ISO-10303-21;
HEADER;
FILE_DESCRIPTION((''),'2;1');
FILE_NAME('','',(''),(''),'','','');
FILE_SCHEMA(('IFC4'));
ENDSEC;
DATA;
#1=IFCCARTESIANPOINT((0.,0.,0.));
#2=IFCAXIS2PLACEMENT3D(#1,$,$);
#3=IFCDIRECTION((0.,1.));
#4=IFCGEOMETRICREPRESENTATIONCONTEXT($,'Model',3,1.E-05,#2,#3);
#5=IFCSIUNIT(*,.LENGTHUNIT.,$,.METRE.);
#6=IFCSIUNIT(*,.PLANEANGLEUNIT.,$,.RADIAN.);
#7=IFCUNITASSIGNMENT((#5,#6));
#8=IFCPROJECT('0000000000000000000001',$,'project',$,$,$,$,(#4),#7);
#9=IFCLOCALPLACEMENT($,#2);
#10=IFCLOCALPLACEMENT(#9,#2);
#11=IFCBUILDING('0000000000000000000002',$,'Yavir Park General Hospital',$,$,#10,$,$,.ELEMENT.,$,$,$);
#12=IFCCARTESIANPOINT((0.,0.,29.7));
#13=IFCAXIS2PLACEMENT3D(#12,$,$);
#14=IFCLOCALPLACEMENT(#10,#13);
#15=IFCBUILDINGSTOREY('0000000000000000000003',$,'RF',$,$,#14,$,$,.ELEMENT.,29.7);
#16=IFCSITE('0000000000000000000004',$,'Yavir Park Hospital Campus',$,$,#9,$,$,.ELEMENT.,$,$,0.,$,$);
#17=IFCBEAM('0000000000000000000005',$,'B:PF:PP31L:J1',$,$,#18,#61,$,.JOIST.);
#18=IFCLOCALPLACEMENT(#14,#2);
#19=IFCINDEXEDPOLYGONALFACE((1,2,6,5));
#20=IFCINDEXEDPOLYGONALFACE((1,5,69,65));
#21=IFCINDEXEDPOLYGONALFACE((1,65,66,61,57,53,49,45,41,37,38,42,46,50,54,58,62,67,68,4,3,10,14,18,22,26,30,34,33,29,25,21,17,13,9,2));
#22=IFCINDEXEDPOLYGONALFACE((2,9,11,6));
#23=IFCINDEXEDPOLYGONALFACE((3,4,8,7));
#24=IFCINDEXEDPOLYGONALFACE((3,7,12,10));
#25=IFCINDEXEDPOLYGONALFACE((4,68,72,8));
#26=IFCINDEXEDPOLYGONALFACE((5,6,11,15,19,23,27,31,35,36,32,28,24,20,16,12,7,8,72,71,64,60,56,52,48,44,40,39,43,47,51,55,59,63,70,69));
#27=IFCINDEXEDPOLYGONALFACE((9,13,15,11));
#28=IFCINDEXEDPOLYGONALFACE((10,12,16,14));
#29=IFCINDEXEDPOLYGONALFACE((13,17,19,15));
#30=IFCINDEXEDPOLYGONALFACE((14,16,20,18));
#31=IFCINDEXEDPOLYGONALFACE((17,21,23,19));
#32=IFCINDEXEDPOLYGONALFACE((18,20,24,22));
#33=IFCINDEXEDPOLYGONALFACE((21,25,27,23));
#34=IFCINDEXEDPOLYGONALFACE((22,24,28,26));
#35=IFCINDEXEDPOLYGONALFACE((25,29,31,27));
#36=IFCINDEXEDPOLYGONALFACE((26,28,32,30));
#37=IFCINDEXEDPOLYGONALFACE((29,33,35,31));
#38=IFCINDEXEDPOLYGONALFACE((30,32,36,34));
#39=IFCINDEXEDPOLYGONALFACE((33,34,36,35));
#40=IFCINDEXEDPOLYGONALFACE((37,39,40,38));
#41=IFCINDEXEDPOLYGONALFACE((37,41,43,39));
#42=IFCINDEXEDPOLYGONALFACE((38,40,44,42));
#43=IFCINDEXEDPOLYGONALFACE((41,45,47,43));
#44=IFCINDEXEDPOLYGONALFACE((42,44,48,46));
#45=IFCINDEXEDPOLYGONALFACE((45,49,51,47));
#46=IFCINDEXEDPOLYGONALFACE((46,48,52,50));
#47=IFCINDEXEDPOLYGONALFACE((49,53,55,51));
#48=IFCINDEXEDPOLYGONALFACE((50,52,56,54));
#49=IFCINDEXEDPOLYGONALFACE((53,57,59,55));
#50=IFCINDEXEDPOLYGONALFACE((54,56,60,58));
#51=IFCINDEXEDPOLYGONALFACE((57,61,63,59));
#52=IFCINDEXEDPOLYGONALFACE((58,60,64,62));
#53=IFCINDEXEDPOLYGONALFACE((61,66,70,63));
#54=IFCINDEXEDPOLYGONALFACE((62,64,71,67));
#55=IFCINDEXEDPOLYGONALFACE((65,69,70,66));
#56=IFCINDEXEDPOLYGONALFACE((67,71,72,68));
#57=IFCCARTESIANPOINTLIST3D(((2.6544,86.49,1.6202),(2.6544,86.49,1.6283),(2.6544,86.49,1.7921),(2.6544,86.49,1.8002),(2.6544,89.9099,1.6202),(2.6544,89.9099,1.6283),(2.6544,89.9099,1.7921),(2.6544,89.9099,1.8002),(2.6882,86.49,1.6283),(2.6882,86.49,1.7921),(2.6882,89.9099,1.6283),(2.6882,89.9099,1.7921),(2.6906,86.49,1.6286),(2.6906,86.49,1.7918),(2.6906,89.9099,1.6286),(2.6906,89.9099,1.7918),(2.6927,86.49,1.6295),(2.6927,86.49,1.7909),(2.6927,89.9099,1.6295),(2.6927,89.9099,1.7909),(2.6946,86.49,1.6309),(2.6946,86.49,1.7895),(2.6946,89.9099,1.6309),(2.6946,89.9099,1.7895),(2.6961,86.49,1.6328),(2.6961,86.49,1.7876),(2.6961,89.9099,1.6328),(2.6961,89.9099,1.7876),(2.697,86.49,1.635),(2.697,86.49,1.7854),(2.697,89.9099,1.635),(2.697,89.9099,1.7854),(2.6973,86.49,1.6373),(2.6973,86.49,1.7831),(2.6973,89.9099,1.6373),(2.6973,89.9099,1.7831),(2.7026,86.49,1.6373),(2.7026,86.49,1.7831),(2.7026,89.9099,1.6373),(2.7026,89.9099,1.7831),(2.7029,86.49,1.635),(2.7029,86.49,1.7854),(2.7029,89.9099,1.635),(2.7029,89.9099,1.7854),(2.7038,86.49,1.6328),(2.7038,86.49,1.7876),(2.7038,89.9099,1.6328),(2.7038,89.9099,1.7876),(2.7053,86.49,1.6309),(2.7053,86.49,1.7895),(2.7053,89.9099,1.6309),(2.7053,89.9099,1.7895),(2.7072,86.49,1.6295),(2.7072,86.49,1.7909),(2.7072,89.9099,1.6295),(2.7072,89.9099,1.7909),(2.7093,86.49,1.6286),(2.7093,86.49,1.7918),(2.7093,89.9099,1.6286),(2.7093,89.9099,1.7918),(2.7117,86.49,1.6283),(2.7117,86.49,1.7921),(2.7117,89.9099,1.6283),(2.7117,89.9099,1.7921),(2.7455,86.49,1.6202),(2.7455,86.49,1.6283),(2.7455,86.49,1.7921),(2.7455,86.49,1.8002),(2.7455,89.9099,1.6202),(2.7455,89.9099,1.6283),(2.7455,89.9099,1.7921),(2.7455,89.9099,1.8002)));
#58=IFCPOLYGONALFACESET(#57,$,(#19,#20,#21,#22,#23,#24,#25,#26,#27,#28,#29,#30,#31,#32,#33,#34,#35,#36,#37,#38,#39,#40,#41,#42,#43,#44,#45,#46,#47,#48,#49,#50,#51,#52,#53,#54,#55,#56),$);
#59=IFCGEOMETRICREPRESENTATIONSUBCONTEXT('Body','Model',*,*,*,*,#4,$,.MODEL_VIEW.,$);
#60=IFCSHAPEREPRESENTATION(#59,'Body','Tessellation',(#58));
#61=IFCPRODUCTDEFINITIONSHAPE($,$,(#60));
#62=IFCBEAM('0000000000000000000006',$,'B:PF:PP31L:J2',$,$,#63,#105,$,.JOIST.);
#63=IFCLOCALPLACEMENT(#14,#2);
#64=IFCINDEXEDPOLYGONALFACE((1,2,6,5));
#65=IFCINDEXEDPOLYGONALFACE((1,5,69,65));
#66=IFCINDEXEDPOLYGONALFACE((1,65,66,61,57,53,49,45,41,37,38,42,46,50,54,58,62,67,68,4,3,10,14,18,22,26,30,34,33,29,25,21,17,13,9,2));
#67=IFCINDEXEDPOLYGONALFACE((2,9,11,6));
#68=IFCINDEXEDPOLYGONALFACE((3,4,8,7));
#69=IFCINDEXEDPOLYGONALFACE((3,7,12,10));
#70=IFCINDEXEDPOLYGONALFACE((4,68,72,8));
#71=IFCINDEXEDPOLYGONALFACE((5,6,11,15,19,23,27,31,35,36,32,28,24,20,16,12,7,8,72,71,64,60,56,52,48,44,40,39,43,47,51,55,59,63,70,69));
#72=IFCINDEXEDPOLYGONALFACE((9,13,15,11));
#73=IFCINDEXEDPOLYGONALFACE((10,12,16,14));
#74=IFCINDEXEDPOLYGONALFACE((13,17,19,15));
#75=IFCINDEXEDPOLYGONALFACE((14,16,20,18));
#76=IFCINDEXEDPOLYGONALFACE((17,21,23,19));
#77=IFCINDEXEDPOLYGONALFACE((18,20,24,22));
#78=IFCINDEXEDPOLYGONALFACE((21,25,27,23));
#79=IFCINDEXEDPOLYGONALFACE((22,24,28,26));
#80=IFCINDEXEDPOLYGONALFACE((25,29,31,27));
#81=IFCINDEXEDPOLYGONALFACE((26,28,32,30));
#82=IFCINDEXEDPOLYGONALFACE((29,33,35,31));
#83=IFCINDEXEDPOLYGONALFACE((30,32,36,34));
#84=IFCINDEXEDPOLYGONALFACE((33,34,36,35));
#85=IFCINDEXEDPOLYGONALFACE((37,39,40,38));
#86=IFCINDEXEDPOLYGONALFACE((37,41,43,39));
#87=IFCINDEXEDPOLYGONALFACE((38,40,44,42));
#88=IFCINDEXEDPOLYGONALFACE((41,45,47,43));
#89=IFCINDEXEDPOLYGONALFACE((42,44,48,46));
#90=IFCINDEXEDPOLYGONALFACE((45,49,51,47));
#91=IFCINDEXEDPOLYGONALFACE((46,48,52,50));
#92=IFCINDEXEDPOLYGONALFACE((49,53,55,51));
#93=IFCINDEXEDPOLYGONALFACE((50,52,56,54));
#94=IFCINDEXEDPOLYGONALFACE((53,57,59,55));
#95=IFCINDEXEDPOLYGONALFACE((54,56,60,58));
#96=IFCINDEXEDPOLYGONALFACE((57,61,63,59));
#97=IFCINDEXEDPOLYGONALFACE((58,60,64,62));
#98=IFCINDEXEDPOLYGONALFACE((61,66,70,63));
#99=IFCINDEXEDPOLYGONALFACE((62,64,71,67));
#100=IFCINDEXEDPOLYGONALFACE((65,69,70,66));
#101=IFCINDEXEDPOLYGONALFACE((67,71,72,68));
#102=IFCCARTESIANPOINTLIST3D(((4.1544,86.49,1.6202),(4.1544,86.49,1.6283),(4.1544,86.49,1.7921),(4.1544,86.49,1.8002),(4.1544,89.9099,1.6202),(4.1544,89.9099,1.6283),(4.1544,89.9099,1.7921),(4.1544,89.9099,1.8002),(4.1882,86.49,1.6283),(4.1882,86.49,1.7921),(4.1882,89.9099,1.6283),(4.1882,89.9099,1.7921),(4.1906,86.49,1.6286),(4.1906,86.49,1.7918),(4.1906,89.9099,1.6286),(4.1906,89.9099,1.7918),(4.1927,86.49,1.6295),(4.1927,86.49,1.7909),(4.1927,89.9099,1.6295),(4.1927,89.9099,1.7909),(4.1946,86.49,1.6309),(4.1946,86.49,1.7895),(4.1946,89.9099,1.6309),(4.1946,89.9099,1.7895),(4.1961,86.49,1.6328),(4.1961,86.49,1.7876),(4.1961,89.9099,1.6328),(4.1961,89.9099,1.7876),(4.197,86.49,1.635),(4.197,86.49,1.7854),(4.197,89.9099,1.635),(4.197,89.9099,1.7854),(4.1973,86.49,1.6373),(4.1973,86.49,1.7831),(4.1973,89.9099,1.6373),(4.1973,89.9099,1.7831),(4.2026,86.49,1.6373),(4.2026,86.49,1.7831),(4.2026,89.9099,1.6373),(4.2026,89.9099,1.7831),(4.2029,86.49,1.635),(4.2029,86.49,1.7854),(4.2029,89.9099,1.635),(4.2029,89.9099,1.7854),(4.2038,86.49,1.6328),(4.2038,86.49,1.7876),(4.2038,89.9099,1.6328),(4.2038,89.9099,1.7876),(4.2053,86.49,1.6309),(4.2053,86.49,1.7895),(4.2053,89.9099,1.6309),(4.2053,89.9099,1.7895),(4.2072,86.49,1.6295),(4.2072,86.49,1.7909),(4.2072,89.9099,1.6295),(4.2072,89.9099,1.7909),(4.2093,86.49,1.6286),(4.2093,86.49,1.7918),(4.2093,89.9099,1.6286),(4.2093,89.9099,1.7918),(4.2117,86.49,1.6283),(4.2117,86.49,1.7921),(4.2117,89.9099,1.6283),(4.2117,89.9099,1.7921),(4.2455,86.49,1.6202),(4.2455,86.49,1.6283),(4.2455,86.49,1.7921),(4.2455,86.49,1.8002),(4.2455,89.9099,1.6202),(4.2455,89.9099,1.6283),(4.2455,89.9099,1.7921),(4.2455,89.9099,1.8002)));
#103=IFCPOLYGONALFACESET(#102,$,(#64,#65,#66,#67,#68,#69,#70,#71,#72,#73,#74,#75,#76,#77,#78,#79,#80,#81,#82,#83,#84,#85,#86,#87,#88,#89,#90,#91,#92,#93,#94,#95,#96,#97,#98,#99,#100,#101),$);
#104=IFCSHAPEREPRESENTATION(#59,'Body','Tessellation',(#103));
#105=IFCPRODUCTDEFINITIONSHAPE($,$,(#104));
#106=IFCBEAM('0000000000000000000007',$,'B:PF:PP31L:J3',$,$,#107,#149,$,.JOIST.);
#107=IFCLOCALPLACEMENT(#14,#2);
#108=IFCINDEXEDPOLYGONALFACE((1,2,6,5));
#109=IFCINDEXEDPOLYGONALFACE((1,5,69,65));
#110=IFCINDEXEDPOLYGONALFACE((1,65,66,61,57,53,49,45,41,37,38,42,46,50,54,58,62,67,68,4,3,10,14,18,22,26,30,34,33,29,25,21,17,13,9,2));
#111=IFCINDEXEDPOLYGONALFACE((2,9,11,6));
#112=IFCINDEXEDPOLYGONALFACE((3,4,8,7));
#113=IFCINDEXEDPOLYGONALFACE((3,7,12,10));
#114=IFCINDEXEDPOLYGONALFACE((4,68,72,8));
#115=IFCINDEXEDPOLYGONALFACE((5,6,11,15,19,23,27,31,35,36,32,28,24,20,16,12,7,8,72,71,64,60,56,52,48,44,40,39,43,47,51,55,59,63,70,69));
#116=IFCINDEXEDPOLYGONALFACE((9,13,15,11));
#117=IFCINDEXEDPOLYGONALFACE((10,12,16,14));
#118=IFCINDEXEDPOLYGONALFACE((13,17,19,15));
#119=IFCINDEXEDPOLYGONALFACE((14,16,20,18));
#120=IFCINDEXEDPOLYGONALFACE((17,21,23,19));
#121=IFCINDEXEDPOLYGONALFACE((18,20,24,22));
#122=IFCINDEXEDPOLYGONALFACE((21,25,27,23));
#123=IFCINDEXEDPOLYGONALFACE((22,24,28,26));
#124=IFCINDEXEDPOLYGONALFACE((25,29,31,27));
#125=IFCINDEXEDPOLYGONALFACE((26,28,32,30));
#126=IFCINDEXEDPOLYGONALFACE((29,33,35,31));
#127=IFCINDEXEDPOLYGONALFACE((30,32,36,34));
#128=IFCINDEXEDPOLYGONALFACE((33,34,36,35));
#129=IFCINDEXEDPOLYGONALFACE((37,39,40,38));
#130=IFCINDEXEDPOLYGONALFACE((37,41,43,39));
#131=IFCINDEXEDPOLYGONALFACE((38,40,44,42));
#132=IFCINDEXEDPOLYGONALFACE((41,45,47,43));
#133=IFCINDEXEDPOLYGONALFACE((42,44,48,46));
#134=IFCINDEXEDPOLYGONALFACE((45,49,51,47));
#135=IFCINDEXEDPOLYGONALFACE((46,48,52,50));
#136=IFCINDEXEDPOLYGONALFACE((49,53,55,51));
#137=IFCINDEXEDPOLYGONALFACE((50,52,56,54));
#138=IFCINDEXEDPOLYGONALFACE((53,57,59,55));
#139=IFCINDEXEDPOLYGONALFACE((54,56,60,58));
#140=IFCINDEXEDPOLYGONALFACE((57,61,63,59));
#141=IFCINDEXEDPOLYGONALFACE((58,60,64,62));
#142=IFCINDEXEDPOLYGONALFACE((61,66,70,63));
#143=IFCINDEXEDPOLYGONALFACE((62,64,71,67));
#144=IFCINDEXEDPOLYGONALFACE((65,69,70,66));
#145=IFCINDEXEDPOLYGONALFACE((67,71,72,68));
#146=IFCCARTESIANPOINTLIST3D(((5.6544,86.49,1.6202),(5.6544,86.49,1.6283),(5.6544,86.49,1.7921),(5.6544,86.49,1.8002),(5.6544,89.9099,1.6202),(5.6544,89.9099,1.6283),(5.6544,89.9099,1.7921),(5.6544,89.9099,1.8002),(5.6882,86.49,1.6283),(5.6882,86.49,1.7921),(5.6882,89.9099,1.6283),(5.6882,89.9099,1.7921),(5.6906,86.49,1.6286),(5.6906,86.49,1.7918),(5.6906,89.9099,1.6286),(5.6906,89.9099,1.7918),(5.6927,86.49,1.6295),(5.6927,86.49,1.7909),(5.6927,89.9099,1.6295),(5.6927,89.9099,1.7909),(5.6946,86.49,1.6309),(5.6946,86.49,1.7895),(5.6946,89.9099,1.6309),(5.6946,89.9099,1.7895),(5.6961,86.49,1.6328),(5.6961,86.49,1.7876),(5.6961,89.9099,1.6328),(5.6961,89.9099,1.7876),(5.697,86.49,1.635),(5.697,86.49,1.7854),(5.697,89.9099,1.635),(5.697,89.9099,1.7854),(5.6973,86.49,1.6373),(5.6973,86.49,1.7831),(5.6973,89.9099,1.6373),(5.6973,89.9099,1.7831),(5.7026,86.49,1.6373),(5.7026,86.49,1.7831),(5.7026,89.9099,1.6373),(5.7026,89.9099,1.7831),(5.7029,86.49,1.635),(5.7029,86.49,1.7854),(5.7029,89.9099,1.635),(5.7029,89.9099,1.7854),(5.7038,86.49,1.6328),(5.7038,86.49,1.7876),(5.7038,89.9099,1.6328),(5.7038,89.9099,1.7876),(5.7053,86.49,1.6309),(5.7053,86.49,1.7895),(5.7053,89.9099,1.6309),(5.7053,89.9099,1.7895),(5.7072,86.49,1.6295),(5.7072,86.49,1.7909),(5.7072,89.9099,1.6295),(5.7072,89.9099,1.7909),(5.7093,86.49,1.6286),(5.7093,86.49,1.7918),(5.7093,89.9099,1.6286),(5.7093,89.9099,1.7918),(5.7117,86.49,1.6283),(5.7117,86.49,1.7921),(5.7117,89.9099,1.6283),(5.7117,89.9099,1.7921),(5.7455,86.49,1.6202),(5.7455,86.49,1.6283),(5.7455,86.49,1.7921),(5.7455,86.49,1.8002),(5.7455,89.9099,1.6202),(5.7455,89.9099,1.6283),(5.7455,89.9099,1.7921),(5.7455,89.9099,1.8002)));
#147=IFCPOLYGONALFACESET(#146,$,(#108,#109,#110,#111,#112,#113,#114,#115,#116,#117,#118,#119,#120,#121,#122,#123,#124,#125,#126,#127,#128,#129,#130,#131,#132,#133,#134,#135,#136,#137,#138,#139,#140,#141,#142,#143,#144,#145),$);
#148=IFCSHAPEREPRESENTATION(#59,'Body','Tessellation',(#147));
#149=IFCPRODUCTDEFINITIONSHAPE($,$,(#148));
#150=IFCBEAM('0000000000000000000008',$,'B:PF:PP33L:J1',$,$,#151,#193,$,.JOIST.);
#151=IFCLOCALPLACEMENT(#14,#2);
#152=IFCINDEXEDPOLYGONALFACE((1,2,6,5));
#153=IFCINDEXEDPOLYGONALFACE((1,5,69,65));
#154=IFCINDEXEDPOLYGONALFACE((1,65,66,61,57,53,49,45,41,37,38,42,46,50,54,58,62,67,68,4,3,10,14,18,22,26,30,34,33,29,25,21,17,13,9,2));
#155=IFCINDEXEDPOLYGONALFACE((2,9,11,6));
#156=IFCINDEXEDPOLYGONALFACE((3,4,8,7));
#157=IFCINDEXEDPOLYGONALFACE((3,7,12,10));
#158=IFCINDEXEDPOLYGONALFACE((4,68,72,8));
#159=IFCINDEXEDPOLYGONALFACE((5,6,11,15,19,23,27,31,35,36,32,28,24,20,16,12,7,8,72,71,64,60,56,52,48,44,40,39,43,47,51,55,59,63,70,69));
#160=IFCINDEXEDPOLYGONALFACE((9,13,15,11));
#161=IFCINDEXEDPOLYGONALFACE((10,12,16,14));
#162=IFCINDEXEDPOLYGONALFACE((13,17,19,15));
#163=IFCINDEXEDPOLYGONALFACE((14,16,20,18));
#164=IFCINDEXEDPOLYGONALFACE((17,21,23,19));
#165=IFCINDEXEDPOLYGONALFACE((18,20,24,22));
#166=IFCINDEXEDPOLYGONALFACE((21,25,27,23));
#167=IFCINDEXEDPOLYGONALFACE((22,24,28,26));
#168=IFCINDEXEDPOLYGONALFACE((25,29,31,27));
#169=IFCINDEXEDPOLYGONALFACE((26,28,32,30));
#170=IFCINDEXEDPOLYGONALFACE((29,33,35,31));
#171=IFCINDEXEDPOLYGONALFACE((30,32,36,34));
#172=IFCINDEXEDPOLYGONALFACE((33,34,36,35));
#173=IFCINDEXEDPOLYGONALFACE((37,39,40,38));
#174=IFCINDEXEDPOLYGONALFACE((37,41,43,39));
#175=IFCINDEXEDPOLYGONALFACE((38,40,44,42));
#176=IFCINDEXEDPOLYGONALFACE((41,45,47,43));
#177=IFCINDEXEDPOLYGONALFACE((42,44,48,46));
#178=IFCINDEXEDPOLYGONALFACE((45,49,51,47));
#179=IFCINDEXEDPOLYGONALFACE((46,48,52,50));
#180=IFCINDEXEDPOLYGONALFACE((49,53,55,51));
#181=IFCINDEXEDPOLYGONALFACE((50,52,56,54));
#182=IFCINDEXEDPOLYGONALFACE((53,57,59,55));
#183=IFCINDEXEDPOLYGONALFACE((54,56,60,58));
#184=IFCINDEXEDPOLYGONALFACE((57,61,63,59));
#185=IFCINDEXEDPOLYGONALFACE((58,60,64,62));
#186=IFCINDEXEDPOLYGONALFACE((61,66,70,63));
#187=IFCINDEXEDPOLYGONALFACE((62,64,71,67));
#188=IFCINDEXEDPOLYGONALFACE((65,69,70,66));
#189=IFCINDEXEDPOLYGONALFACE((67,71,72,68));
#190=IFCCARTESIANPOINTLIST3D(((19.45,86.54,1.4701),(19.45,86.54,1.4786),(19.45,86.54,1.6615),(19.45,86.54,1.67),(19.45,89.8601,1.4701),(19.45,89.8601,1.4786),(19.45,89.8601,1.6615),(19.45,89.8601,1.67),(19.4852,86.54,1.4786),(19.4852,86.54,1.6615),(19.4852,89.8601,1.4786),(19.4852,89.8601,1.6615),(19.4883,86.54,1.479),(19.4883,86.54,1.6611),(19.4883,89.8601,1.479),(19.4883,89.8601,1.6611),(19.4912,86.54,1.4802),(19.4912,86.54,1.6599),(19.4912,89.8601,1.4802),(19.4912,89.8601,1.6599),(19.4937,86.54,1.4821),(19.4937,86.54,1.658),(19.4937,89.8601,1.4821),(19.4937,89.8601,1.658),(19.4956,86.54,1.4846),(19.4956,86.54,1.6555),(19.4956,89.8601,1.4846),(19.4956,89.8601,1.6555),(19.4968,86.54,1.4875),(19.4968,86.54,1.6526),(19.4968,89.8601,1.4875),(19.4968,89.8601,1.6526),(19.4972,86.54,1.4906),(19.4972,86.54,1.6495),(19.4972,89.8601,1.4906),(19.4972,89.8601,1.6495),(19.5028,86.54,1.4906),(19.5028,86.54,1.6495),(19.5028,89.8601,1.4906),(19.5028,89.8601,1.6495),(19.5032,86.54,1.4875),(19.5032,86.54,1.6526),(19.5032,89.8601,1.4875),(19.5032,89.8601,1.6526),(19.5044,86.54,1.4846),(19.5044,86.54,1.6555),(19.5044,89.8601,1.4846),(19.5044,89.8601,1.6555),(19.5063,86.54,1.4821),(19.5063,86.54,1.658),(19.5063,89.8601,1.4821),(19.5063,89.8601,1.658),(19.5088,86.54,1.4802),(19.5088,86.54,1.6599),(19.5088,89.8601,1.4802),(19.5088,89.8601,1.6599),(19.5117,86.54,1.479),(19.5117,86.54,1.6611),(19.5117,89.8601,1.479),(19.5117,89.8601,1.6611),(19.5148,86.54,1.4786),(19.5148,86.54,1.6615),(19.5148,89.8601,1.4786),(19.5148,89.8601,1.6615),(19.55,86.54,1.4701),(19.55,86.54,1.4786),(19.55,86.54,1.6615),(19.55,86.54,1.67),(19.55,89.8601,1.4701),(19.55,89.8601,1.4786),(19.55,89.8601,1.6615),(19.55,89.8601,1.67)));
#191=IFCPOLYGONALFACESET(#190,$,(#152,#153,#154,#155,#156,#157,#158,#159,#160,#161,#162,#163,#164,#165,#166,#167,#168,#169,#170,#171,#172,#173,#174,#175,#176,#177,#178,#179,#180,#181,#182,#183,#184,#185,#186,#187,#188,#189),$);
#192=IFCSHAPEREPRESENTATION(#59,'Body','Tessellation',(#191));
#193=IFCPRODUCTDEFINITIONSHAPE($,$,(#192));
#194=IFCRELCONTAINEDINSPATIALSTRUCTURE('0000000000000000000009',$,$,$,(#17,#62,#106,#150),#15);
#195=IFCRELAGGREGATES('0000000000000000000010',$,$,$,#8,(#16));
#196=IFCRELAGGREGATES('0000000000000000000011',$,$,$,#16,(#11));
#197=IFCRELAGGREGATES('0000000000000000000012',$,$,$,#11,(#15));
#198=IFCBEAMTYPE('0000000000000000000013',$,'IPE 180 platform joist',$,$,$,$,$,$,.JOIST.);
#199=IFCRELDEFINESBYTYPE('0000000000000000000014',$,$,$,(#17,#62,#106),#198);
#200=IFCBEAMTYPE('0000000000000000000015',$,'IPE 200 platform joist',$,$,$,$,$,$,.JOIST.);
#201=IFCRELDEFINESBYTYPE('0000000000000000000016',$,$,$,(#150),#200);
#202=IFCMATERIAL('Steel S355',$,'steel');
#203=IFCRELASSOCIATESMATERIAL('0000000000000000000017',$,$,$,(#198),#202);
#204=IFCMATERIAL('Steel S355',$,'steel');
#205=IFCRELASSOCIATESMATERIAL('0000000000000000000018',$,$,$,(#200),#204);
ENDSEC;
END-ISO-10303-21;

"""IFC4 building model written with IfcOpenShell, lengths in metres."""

from ifc_helpers import new_model, si_unit, direction, frame, origin, origin_2d, place, context, subcontext, project, spatial, i_section, extrude, material, material_profile, profile_set, type_object, element, save


model = new_model("IFC4")

# Units and contexts
model_context = context("Model", 3, precision=1e-05, world=origin(), true_north=direction((0.0, 1.0)))
body_context = subcontext(model_context, "Body", "Model", "MODEL_VIEW")
ifc_project = project(units=[si_unit("LENGTHUNIT", "METRE"), si_unit("PLANEANGLEUNIT", "RADIAN")], contexts=[model_context])

# Site, building, storey
site_placement = place(None, origin())
site = spatial("IfcSite", under=ifc_project, at=site_placement, Name="Yavir Park Hospital Campus", CompositionType="ELEMENT", RefElevation=0.0)
building_placement = place(site_placement, origin())
building = spatial("IfcBuilding", under=site, at=building_placement, Name="Yavir Park General Hospital", CompositionType="ELEMENT")
storey_placement = place(building_placement, frame((0.0, 0.0, 29.7)))
storey = spatial("IfcBuildingStorey", under=building, at=storey_placement, Name="RF", CompositionType="ELEMENT", Elevation=29.7)

# Beams
ifc_material_1 = material(Name="Steel S355", Category="steel")
ifc_material_profile_1 = material_profile(ifc_material_1, i_section(OverallWidth=0.0911, OverallDepth=0.1799, WebThickness=0.0054, FlangeThickness=0.0081, FilletRadius=0.009, at=origin_2d()), Name="IPE180")
ifc_profile_set_1 = profile_set([ifc_material_profile_1], Name="Steel S355")
beam_type_1 = type_object("IfcBeamType", Name="IPE 180 platform joist", PredefinedType="JOIST", material=ifc_profile_set_1)
for number, where, z_axis, x_axis, name in (
    (1, (2.7, 86.49, 1.7102), (0.0, 1.0, 0.0), (-1.0, 0.0, 0.0), "B:PF:PP31L:J1"),
    (2, (4.2, 86.49, 1.7102), (0.0, 1.0, 0.0), (-1.0, 0.0, 0.0), "B:PF:PP31L:J2"),
    (3, (5.7, 86.49, 1.7102), (0.0, 1.0, 0.0), (-1.0, 0.0, 0.0), "B:PF:PP31L:J3"),
):
    element("IfcBeam", number, at=place(storey_placement, frame(where, z_axis=z_axis, x_axis=x_axis)), inside=storey, type_object=beam_type_1, Name=name, PredefinedType="JOIST", context=body_context, shape_type="SweptSolid", body=[
        extrude(i_section(OverallWidth=0.0911, OverallDepth=0.1799, WebThickness=0.0054, FlangeThickness=0.0081, FilletRadius=0.009, at=origin_2d()), origin(), (0.0, 0.0, 1.0), 3.4199),
    ])
ifc_material_2 = material(Name="Steel S355", Category="steel")
ifc_material_profile_2 = material_profile(ifc_material_2, i_section(OverallWidth=0.1001, OverallDepth=0.2, WebThickness=0.0056, FlangeThickness=0.0085, FilletRadius=0.012, at=origin_2d()), Name="IPE200")
ifc_profile_set_2 = profile_set([ifc_material_profile_2], Name="Steel S355")
beam_type_2 = type_object("IfcBeamType", Name="IPE 200 platform joist", PredefinedType="JOIST", material=ifc_profile_set_2)
for number, where, z_axis, x_axis, name in (
    (4, (19.5, 86.54, 1.5701), (0.0, 1.0, 0.0), (-1.0, 0.0, 0.0), "B:PF:PP33L:J1"),
):
    element("IfcBeam", number, at=place(storey_placement, frame(where, z_axis=z_axis, x_axis=x_axis)), inside=storey, type_object=beam_type_2, Name=name, PredefinedType="JOIST", context=body_context, shape_type="SweptSolid", body=[
        extrude(i_section(OverallWidth=0.1001, OverallDepth=0.2, WebThickness=0.0056, FlangeThickness=0.0085, FilletRadius=0.012, at=origin_2d()), origin(), (0.0, 0.0, 1.0), 3.3201),
    ])

save(model, "model.ifc")
